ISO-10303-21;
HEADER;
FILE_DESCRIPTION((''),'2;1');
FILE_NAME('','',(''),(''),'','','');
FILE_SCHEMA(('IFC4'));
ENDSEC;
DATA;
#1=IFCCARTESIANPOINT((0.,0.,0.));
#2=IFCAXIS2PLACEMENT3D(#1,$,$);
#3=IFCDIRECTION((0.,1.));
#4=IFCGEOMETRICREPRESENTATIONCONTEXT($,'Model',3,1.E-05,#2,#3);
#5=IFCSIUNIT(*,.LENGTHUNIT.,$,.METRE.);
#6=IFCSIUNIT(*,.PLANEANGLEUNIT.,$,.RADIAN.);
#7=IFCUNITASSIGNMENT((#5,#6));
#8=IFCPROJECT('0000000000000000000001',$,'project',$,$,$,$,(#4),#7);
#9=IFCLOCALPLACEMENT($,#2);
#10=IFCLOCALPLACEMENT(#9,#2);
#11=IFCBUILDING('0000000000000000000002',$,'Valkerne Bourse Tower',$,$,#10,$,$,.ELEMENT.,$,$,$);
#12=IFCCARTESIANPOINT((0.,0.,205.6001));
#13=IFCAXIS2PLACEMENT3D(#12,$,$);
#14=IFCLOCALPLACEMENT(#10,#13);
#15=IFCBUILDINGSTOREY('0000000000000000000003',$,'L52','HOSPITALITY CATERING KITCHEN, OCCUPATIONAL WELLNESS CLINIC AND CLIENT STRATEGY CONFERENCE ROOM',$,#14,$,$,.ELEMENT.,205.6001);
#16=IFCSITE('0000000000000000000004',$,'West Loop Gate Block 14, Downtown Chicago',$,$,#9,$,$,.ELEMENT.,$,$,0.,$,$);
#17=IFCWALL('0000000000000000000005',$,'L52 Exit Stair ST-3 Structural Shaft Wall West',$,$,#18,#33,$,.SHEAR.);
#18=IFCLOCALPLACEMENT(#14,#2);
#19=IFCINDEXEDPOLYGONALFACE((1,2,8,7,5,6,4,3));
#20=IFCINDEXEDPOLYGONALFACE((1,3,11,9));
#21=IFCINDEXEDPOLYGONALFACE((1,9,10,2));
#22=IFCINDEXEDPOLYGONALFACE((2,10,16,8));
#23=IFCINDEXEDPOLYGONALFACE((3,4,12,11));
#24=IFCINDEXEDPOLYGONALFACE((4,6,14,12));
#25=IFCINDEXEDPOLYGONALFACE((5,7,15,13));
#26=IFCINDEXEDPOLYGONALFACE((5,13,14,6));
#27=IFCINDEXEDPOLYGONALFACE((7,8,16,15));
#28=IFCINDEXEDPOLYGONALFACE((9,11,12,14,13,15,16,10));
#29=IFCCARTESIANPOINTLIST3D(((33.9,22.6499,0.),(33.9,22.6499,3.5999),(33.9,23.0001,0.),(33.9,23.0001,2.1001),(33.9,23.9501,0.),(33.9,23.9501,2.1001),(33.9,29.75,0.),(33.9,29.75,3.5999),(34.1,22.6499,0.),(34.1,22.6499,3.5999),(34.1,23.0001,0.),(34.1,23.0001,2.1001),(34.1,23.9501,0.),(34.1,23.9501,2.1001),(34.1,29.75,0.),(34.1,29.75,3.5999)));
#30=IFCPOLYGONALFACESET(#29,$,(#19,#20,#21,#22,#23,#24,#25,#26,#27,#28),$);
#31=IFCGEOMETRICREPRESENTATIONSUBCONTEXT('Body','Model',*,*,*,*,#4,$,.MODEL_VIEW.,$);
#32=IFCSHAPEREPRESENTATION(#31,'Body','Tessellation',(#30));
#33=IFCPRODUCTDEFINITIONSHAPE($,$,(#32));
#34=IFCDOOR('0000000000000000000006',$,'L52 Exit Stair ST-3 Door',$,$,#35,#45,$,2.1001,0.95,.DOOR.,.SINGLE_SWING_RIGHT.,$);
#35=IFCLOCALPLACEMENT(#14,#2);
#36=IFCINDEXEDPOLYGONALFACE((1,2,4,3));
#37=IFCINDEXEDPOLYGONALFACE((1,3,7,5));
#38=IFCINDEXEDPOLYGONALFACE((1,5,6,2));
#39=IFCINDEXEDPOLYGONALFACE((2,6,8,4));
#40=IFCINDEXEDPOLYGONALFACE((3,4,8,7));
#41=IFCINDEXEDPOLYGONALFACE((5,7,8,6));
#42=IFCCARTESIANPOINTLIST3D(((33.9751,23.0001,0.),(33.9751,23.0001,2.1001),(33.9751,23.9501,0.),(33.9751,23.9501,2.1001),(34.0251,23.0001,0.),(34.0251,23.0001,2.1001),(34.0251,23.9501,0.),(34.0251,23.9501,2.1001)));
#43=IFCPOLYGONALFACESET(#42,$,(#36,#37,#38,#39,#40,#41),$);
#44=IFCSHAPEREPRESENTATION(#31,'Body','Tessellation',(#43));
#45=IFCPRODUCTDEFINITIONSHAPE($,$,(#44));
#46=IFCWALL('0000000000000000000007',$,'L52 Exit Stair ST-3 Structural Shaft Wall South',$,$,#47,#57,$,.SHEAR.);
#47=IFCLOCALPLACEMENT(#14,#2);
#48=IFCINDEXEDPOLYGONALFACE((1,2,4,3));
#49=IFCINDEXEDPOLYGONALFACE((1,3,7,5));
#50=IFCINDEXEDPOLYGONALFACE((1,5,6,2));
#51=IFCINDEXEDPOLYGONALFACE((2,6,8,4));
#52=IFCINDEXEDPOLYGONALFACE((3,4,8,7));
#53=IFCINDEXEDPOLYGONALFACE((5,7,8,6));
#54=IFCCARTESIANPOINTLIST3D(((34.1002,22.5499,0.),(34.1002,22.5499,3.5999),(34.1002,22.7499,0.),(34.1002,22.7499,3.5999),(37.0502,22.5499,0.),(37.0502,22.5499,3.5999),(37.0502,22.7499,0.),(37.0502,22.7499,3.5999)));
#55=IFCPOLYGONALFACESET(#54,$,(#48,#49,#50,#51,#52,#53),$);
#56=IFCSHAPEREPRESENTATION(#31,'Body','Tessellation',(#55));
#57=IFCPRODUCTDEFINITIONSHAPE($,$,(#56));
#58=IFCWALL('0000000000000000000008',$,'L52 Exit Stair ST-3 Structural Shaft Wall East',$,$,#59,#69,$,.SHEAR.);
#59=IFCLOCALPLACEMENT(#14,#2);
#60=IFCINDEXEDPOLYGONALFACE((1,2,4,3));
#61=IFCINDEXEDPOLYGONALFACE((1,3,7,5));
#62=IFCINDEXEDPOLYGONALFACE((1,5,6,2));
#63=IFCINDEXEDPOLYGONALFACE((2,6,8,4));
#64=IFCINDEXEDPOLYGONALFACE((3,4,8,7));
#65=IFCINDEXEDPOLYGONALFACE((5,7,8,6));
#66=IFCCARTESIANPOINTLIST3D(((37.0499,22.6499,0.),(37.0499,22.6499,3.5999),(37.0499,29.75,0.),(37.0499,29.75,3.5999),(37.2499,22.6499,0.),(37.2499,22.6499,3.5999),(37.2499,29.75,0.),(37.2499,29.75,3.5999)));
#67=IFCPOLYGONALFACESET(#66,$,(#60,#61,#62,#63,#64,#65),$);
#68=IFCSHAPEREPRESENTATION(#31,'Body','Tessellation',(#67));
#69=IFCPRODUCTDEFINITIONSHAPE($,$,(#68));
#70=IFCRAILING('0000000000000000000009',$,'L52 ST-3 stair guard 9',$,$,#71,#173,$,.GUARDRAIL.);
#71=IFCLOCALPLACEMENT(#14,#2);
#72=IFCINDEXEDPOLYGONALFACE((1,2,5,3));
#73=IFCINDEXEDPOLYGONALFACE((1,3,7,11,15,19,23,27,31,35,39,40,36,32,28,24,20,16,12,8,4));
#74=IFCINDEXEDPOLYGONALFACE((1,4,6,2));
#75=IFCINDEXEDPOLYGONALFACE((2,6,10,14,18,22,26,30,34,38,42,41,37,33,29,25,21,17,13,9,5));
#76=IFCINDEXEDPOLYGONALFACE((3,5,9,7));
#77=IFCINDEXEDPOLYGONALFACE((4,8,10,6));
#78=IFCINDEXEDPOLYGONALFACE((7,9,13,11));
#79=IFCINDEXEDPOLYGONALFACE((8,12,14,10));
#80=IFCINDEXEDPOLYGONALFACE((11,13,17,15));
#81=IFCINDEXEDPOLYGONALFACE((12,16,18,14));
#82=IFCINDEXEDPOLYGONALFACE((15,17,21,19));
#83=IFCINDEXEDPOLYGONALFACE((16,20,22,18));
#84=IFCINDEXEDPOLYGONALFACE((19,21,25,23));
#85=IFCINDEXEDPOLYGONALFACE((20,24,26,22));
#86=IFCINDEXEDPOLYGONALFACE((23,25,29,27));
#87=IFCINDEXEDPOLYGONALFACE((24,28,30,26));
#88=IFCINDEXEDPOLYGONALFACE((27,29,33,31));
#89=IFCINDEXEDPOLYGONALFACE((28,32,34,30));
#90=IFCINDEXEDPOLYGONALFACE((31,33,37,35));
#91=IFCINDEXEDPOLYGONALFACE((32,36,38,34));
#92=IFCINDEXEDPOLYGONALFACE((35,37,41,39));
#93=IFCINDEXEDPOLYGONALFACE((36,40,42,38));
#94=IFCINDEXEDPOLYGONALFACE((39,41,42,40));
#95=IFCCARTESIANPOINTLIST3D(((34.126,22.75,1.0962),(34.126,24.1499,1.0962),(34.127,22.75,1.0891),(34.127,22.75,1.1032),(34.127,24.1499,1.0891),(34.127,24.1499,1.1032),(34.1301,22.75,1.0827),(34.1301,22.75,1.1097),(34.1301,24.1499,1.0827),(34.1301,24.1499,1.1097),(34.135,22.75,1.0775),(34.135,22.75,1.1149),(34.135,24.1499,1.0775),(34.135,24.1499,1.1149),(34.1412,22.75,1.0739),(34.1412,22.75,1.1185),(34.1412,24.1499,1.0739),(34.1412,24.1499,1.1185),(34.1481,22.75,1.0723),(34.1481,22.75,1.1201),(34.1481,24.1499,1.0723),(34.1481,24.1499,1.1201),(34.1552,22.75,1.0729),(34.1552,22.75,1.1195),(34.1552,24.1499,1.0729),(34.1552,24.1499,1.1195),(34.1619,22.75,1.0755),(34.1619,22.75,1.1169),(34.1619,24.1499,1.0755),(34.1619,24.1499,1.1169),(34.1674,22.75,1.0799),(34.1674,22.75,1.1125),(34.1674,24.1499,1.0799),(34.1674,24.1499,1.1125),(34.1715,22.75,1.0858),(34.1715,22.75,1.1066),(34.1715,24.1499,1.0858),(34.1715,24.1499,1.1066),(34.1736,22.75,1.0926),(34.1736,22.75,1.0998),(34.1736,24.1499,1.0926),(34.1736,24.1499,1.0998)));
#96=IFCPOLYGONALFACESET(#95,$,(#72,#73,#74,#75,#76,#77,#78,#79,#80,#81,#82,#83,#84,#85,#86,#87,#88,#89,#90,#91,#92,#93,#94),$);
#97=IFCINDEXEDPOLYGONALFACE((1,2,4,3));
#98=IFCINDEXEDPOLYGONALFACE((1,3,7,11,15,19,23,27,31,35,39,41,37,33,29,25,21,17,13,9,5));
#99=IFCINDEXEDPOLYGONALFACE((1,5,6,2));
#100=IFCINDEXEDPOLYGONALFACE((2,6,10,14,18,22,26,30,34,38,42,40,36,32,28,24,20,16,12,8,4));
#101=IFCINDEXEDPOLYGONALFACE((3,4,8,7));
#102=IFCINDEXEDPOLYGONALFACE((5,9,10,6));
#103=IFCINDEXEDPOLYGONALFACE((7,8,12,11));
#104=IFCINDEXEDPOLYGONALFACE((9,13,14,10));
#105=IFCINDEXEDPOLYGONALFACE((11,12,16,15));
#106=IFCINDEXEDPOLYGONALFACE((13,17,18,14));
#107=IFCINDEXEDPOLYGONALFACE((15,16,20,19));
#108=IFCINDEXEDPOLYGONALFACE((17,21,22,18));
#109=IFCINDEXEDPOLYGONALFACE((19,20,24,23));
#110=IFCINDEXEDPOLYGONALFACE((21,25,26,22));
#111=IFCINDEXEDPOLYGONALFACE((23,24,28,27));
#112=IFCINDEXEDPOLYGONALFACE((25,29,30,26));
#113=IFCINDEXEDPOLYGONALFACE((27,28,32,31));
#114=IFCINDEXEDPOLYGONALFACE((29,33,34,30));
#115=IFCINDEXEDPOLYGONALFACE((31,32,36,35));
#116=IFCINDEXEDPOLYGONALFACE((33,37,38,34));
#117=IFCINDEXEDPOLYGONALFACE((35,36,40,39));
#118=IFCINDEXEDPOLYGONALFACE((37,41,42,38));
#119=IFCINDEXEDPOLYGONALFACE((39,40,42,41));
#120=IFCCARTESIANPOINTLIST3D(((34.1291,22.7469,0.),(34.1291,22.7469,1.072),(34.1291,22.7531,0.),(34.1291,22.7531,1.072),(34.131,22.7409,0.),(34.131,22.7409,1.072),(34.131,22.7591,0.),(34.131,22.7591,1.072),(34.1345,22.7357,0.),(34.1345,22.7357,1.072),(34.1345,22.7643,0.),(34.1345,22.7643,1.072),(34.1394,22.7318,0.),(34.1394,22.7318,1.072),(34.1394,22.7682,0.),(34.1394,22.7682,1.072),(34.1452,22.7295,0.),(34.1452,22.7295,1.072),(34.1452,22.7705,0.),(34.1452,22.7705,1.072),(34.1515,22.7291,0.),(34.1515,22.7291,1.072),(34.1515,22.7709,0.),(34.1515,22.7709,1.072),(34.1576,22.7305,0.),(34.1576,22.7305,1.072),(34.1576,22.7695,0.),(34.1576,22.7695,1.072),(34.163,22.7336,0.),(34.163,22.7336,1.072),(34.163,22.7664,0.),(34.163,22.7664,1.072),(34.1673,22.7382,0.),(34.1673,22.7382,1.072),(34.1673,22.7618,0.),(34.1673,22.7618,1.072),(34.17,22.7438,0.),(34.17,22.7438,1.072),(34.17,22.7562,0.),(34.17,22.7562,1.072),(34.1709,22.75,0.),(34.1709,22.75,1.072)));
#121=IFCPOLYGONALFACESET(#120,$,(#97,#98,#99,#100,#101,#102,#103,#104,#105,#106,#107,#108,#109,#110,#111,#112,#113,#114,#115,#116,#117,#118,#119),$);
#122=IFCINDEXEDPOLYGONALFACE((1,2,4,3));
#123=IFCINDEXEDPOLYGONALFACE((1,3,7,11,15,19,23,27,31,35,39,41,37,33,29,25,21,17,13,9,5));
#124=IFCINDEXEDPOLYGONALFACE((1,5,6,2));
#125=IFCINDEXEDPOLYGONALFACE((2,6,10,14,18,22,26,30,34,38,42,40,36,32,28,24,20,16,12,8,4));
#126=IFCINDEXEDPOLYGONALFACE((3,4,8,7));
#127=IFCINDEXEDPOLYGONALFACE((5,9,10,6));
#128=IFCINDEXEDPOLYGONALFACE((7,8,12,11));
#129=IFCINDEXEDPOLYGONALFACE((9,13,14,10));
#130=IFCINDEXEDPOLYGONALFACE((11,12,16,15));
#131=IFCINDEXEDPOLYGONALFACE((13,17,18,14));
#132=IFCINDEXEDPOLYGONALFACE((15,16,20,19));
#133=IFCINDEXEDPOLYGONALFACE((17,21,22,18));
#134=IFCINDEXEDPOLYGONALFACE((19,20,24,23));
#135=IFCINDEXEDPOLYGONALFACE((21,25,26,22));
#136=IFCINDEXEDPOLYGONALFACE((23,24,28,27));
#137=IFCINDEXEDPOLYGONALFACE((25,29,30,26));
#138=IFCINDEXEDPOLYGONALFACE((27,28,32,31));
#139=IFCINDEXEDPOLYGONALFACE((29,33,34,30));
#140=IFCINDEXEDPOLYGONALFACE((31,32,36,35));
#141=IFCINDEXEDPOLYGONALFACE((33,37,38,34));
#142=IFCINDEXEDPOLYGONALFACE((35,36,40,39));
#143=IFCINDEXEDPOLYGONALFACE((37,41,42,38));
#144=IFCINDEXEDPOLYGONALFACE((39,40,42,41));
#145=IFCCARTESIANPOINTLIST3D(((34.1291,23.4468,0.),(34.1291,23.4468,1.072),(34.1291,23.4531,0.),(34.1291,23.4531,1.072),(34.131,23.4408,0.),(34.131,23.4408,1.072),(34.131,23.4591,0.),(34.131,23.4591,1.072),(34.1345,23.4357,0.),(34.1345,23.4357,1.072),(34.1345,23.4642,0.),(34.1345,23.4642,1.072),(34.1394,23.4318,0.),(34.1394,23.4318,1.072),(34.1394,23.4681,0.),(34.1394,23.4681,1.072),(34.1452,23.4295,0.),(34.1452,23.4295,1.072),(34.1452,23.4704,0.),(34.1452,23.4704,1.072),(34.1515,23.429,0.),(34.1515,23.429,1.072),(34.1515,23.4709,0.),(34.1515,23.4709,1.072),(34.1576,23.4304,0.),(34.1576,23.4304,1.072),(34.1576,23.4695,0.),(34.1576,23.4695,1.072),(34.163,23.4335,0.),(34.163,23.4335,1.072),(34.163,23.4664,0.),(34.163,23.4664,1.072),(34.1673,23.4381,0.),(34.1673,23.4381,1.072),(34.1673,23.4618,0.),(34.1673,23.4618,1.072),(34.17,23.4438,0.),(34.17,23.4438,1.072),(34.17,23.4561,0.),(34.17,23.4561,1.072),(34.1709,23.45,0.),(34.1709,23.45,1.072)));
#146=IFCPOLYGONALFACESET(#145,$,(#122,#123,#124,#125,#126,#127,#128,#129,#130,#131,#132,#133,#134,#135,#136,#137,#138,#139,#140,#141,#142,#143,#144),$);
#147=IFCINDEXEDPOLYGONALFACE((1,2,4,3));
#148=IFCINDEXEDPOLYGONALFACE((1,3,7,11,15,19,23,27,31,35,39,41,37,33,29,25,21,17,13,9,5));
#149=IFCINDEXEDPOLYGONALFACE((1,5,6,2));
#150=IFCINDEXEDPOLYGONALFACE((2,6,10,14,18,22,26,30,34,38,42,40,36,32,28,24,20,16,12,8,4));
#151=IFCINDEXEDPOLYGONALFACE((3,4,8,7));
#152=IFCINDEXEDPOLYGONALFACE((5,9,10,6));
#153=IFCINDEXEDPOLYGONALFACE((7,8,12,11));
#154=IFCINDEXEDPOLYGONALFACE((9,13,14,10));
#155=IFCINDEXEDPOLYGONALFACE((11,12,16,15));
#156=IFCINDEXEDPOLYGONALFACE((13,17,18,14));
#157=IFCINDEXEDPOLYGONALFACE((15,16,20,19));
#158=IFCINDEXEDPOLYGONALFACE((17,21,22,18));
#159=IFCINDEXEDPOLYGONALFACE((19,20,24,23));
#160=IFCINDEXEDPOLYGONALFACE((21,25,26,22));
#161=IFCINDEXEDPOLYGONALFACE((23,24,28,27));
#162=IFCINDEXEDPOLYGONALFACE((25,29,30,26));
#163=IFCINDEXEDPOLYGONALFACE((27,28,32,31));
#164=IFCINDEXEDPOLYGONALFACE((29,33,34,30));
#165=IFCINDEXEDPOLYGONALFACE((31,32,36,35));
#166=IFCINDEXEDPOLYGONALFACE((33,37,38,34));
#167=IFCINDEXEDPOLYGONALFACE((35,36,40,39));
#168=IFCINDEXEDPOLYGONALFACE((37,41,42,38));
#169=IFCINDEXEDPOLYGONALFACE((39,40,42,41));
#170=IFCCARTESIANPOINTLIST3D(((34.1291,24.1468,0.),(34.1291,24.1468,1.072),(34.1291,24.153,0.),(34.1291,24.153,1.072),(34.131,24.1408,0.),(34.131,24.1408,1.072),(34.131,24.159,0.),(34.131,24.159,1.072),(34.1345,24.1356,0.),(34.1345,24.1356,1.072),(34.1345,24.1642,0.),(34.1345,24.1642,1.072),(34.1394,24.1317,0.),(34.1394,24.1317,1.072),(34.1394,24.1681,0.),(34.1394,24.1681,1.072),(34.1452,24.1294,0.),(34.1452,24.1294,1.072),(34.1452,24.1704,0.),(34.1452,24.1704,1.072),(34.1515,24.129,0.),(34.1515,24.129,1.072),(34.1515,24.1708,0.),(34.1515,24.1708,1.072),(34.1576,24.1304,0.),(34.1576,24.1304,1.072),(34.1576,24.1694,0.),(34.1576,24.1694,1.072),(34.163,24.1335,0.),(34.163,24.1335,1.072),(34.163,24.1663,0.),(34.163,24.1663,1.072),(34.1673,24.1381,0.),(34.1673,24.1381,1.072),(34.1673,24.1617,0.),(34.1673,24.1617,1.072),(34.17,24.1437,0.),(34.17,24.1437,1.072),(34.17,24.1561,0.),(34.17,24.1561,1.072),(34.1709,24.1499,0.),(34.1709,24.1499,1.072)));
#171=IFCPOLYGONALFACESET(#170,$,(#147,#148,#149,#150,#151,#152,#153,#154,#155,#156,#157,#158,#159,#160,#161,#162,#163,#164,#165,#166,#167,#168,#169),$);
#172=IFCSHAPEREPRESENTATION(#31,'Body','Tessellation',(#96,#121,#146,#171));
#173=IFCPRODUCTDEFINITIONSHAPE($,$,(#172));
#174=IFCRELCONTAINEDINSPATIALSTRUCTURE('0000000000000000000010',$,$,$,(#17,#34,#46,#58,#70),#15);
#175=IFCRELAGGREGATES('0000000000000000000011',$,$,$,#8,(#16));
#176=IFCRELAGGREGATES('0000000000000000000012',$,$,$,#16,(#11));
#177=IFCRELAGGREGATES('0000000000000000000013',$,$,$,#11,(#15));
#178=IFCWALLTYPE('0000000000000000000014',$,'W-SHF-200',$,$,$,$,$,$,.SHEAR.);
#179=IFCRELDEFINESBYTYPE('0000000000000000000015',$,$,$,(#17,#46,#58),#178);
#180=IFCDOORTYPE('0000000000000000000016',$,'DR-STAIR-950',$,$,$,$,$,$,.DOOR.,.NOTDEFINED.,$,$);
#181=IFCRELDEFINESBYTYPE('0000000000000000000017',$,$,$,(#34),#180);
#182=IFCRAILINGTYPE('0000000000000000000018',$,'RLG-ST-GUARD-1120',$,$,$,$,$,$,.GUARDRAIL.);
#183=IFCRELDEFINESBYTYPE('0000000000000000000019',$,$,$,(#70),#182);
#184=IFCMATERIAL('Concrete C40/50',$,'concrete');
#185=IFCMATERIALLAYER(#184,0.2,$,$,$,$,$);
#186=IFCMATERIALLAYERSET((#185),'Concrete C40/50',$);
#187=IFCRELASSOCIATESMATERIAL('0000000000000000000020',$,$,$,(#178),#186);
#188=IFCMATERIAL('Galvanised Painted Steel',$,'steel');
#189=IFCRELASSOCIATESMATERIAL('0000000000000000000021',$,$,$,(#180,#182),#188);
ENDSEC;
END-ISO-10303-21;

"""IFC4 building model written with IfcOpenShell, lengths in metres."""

from ifc_helpers import new_model, si_unit, direction, frame, frame_2d, origin, origin_2d, place, context, subcontext, project, spatial, rectangle, circle, extrude, material, layer, layer_set, type_object, element, fill, save


model = new_model("IFC4")

# Units and contexts
model_context = context("Model", 3, precision=1e-05, world=origin(), true_north=direction((0.0, 1.0)))
body_context = subcontext(model_context, "Body", "Model", "MODEL_VIEW")
ifc_project = project(units=[si_unit("LENGTHUNIT", "METRE"), si_unit("PLANEANGLEUNIT", "RADIAN")], contexts=[model_context])

# Site, building, storey
site_placement = place(None, origin())
site = spatial("IfcSite", under=ifc_project, at=site_placement, Name="West Loop Gate Block 14, Downtown Chicago", CompositionType="ELEMENT", RefElevation=0.0)
building_placement = place(site_placement, origin())
building = spatial("IfcBuilding", under=site, at=building_placement, Name="Valkerne Bourse Tower", CompositionType="ELEMENT")
storey_placement = place(building_placement, frame((0.0, 0.0, 205.6001)))
storey = spatial("IfcBuildingStorey", under=building, at=storey_placement, Name="L52", Description="HOSPITALITY CATERING KITCHEN, OCCUPATIONAL WELLNESS CLINIC AND CLIENT STRATEGY CONFERENCE ROOM", CompositionType="ELEMENT", Elevation=205.6001)

# Wall, opening, door
ifc_material_1 = material(Name="Concrete C40/50", Category="concrete")
ifc_layer_1 = layer(ifc_material_1, 0.2)
ifc_layer_set_1 = layer_set([ifc_layer_1], Name="Concrete C40/50")
wall_type_1 = type_object("IfcWallType", Name="W-SHF-200", PredefinedType="SHEAR", material=ifc_layer_set_1)
wall_1_placement = place(storey_placement, frame((34.0, 22.6499, 0.0), z_axis=(0.0, 0.0, 1.0), x_axis=(0.0, 1.0, 0.0)))
wall_1 = element("IfcWall", 1, at=wall_1_placement, inside=storey, type_object=wall_type_1, Name="L52 Exit Stair ST-3 Structural Shaft Wall West", PredefinedType="SHEAR", context=body_context, shape_type="SweptSolid", body=[
    extrude(rectangle(XDim=7.1001, YDim=0.2, at=frame_2d((3.55, 0.0))), origin(), (0.0, 0.0, 1.0), 3.5999),
])
opening_placement = place(wall_1_placement, frame((0.3501, 0.0, 0.0)))
opening = element("IfcOpeningElement", 2, at=opening_placement, cuts=wall_1, PredefinedType="OPENING", context=body_context, shape_type="SweptSolid", body=[
    extrude(rectangle(XDim=0.95, YDim=2.1001, at=frame_2d((0.4751, 1.05))), frame((0.0, 0.1099, 0.0), z_axis=(0.0, -1.0, 0.0), x_axis=(1.0, 0.0, 0.0)), (0.0, 0.0, 1.0), 0.22),
])
ifc_material_2 = material(Name="Galvanised Painted Steel", Category="steel")
door_type = type_object("IfcDoorType", Name="DR-STAIR-950", OperationType="NOTDEFINED", PredefinedType="DOOR", material=ifc_material_2)
door_placement = place(opening_placement, origin())
door = element("IfcDoor", 3, at=door_placement, inside=storey, type_object=door_type, Name="L52 Exit Stair ST-3 Door", OperationType="SINGLE_SWING_RIGHT", OverallHeight=2.1001, OverallWidth=0.95, PredefinedType="DOOR", context=body_context, shape_type="SweptSolid", body=[
    extrude(rectangle(XDim=0.95, YDim=2.1001, at=frame_2d((0.4751, 1.05))), frame((0.0, 0.0249, 0.0), z_axis=(0.0, -1.0, 0.0), x_axis=(1.0, 0.0, 0.0)), (0.0, 0.0, 1.0), 0.05),
])
fill(opening, door)

# Walls
wall_2_placement = place(storey_placement, frame((34.1001, 22.6499, 0.0), z_axis=(0.0, 0.0, 1.0), x_axis=(1.0, 0.0, 0.0)))
element("IfcWall", 4, at=wall_2_placement, inside=storey, type_object=wall_type_1, Name="L52 Exit Stair ST-3 Structural Shaft Wall South", PredefinedType="SHEAR", context=body_context, shape_type="SweptSolid", body=[
    extrude(rectangle(XDim=2.95, YDim=0.2, at=frame_2d((1.4751, 0.0))), origin(), (0.0, 0.0, 1.0), 3.5999),
])
wall_3_placement = place(storey_placement, frame((37.1499, 22.6499, 0.0), z_axis=(0.0, 0.0, 1.0), x_axis=(0.0, 1.0, 0.0)))
element("IfcWall", 5, at=wall_3_placement, inside=storey, type_object=wall_type_1, Name="L52 Exit Stair ST-3 Structural Shaft Wall East", PredefinedType="SHEAR", context=body_context, shape_type="SweptSolid", body=[
    extrude(rectangle(XDim=7.1001, YDim=0.2, at=frame_2d((3.55, 0.0))), origin(), (0.0, 0.0, 1.0), 3.5999),
])

# Railing
railing_type = type_object("IfcRailingType", Name="RLG-ST-GUARD-1120", PredefinedType="GUARDRAIL", material=ifc_material_2)
railing_placement = place(storey_placement, frame((34.1499, 22.75, 0.0)))
element("IfcRailing", 6, at=railing_placement, inside=storey, type_object=railing_type, Name="L52 ST-3 stair guard 9", PredefinedType="GUARDRAIL", context=body_context, shape_type="SweptSolid", body=[
    extrude(circle(Radius=0.0239, at=origin_2d()), frame((0.0, 0.0, 1.0962), z_axis=(0.0, 1.0, 0.0), x_axis=(-1.0, 0.0, 0.0)), (0.0, 0.0, 1.0), 1.3999),
    extrude(circle(Radius=0.021, at=origin_2d()), origin(), (0.0, 0.0, 1.0), 1.072),
    extrude(circle(Radius=0.021, at=origin_2d()), frame((0.0, 0.7, 0.0)), (0.0, 0.0, 1.0), 1.072),
    extrude(circle(Radius=0.021, at=origin_2d()), frame((0.0, 1.3999, 0.0)), (0.0, 0.0, 1.0), 1.072),
])

save(model, "model.ifc")
